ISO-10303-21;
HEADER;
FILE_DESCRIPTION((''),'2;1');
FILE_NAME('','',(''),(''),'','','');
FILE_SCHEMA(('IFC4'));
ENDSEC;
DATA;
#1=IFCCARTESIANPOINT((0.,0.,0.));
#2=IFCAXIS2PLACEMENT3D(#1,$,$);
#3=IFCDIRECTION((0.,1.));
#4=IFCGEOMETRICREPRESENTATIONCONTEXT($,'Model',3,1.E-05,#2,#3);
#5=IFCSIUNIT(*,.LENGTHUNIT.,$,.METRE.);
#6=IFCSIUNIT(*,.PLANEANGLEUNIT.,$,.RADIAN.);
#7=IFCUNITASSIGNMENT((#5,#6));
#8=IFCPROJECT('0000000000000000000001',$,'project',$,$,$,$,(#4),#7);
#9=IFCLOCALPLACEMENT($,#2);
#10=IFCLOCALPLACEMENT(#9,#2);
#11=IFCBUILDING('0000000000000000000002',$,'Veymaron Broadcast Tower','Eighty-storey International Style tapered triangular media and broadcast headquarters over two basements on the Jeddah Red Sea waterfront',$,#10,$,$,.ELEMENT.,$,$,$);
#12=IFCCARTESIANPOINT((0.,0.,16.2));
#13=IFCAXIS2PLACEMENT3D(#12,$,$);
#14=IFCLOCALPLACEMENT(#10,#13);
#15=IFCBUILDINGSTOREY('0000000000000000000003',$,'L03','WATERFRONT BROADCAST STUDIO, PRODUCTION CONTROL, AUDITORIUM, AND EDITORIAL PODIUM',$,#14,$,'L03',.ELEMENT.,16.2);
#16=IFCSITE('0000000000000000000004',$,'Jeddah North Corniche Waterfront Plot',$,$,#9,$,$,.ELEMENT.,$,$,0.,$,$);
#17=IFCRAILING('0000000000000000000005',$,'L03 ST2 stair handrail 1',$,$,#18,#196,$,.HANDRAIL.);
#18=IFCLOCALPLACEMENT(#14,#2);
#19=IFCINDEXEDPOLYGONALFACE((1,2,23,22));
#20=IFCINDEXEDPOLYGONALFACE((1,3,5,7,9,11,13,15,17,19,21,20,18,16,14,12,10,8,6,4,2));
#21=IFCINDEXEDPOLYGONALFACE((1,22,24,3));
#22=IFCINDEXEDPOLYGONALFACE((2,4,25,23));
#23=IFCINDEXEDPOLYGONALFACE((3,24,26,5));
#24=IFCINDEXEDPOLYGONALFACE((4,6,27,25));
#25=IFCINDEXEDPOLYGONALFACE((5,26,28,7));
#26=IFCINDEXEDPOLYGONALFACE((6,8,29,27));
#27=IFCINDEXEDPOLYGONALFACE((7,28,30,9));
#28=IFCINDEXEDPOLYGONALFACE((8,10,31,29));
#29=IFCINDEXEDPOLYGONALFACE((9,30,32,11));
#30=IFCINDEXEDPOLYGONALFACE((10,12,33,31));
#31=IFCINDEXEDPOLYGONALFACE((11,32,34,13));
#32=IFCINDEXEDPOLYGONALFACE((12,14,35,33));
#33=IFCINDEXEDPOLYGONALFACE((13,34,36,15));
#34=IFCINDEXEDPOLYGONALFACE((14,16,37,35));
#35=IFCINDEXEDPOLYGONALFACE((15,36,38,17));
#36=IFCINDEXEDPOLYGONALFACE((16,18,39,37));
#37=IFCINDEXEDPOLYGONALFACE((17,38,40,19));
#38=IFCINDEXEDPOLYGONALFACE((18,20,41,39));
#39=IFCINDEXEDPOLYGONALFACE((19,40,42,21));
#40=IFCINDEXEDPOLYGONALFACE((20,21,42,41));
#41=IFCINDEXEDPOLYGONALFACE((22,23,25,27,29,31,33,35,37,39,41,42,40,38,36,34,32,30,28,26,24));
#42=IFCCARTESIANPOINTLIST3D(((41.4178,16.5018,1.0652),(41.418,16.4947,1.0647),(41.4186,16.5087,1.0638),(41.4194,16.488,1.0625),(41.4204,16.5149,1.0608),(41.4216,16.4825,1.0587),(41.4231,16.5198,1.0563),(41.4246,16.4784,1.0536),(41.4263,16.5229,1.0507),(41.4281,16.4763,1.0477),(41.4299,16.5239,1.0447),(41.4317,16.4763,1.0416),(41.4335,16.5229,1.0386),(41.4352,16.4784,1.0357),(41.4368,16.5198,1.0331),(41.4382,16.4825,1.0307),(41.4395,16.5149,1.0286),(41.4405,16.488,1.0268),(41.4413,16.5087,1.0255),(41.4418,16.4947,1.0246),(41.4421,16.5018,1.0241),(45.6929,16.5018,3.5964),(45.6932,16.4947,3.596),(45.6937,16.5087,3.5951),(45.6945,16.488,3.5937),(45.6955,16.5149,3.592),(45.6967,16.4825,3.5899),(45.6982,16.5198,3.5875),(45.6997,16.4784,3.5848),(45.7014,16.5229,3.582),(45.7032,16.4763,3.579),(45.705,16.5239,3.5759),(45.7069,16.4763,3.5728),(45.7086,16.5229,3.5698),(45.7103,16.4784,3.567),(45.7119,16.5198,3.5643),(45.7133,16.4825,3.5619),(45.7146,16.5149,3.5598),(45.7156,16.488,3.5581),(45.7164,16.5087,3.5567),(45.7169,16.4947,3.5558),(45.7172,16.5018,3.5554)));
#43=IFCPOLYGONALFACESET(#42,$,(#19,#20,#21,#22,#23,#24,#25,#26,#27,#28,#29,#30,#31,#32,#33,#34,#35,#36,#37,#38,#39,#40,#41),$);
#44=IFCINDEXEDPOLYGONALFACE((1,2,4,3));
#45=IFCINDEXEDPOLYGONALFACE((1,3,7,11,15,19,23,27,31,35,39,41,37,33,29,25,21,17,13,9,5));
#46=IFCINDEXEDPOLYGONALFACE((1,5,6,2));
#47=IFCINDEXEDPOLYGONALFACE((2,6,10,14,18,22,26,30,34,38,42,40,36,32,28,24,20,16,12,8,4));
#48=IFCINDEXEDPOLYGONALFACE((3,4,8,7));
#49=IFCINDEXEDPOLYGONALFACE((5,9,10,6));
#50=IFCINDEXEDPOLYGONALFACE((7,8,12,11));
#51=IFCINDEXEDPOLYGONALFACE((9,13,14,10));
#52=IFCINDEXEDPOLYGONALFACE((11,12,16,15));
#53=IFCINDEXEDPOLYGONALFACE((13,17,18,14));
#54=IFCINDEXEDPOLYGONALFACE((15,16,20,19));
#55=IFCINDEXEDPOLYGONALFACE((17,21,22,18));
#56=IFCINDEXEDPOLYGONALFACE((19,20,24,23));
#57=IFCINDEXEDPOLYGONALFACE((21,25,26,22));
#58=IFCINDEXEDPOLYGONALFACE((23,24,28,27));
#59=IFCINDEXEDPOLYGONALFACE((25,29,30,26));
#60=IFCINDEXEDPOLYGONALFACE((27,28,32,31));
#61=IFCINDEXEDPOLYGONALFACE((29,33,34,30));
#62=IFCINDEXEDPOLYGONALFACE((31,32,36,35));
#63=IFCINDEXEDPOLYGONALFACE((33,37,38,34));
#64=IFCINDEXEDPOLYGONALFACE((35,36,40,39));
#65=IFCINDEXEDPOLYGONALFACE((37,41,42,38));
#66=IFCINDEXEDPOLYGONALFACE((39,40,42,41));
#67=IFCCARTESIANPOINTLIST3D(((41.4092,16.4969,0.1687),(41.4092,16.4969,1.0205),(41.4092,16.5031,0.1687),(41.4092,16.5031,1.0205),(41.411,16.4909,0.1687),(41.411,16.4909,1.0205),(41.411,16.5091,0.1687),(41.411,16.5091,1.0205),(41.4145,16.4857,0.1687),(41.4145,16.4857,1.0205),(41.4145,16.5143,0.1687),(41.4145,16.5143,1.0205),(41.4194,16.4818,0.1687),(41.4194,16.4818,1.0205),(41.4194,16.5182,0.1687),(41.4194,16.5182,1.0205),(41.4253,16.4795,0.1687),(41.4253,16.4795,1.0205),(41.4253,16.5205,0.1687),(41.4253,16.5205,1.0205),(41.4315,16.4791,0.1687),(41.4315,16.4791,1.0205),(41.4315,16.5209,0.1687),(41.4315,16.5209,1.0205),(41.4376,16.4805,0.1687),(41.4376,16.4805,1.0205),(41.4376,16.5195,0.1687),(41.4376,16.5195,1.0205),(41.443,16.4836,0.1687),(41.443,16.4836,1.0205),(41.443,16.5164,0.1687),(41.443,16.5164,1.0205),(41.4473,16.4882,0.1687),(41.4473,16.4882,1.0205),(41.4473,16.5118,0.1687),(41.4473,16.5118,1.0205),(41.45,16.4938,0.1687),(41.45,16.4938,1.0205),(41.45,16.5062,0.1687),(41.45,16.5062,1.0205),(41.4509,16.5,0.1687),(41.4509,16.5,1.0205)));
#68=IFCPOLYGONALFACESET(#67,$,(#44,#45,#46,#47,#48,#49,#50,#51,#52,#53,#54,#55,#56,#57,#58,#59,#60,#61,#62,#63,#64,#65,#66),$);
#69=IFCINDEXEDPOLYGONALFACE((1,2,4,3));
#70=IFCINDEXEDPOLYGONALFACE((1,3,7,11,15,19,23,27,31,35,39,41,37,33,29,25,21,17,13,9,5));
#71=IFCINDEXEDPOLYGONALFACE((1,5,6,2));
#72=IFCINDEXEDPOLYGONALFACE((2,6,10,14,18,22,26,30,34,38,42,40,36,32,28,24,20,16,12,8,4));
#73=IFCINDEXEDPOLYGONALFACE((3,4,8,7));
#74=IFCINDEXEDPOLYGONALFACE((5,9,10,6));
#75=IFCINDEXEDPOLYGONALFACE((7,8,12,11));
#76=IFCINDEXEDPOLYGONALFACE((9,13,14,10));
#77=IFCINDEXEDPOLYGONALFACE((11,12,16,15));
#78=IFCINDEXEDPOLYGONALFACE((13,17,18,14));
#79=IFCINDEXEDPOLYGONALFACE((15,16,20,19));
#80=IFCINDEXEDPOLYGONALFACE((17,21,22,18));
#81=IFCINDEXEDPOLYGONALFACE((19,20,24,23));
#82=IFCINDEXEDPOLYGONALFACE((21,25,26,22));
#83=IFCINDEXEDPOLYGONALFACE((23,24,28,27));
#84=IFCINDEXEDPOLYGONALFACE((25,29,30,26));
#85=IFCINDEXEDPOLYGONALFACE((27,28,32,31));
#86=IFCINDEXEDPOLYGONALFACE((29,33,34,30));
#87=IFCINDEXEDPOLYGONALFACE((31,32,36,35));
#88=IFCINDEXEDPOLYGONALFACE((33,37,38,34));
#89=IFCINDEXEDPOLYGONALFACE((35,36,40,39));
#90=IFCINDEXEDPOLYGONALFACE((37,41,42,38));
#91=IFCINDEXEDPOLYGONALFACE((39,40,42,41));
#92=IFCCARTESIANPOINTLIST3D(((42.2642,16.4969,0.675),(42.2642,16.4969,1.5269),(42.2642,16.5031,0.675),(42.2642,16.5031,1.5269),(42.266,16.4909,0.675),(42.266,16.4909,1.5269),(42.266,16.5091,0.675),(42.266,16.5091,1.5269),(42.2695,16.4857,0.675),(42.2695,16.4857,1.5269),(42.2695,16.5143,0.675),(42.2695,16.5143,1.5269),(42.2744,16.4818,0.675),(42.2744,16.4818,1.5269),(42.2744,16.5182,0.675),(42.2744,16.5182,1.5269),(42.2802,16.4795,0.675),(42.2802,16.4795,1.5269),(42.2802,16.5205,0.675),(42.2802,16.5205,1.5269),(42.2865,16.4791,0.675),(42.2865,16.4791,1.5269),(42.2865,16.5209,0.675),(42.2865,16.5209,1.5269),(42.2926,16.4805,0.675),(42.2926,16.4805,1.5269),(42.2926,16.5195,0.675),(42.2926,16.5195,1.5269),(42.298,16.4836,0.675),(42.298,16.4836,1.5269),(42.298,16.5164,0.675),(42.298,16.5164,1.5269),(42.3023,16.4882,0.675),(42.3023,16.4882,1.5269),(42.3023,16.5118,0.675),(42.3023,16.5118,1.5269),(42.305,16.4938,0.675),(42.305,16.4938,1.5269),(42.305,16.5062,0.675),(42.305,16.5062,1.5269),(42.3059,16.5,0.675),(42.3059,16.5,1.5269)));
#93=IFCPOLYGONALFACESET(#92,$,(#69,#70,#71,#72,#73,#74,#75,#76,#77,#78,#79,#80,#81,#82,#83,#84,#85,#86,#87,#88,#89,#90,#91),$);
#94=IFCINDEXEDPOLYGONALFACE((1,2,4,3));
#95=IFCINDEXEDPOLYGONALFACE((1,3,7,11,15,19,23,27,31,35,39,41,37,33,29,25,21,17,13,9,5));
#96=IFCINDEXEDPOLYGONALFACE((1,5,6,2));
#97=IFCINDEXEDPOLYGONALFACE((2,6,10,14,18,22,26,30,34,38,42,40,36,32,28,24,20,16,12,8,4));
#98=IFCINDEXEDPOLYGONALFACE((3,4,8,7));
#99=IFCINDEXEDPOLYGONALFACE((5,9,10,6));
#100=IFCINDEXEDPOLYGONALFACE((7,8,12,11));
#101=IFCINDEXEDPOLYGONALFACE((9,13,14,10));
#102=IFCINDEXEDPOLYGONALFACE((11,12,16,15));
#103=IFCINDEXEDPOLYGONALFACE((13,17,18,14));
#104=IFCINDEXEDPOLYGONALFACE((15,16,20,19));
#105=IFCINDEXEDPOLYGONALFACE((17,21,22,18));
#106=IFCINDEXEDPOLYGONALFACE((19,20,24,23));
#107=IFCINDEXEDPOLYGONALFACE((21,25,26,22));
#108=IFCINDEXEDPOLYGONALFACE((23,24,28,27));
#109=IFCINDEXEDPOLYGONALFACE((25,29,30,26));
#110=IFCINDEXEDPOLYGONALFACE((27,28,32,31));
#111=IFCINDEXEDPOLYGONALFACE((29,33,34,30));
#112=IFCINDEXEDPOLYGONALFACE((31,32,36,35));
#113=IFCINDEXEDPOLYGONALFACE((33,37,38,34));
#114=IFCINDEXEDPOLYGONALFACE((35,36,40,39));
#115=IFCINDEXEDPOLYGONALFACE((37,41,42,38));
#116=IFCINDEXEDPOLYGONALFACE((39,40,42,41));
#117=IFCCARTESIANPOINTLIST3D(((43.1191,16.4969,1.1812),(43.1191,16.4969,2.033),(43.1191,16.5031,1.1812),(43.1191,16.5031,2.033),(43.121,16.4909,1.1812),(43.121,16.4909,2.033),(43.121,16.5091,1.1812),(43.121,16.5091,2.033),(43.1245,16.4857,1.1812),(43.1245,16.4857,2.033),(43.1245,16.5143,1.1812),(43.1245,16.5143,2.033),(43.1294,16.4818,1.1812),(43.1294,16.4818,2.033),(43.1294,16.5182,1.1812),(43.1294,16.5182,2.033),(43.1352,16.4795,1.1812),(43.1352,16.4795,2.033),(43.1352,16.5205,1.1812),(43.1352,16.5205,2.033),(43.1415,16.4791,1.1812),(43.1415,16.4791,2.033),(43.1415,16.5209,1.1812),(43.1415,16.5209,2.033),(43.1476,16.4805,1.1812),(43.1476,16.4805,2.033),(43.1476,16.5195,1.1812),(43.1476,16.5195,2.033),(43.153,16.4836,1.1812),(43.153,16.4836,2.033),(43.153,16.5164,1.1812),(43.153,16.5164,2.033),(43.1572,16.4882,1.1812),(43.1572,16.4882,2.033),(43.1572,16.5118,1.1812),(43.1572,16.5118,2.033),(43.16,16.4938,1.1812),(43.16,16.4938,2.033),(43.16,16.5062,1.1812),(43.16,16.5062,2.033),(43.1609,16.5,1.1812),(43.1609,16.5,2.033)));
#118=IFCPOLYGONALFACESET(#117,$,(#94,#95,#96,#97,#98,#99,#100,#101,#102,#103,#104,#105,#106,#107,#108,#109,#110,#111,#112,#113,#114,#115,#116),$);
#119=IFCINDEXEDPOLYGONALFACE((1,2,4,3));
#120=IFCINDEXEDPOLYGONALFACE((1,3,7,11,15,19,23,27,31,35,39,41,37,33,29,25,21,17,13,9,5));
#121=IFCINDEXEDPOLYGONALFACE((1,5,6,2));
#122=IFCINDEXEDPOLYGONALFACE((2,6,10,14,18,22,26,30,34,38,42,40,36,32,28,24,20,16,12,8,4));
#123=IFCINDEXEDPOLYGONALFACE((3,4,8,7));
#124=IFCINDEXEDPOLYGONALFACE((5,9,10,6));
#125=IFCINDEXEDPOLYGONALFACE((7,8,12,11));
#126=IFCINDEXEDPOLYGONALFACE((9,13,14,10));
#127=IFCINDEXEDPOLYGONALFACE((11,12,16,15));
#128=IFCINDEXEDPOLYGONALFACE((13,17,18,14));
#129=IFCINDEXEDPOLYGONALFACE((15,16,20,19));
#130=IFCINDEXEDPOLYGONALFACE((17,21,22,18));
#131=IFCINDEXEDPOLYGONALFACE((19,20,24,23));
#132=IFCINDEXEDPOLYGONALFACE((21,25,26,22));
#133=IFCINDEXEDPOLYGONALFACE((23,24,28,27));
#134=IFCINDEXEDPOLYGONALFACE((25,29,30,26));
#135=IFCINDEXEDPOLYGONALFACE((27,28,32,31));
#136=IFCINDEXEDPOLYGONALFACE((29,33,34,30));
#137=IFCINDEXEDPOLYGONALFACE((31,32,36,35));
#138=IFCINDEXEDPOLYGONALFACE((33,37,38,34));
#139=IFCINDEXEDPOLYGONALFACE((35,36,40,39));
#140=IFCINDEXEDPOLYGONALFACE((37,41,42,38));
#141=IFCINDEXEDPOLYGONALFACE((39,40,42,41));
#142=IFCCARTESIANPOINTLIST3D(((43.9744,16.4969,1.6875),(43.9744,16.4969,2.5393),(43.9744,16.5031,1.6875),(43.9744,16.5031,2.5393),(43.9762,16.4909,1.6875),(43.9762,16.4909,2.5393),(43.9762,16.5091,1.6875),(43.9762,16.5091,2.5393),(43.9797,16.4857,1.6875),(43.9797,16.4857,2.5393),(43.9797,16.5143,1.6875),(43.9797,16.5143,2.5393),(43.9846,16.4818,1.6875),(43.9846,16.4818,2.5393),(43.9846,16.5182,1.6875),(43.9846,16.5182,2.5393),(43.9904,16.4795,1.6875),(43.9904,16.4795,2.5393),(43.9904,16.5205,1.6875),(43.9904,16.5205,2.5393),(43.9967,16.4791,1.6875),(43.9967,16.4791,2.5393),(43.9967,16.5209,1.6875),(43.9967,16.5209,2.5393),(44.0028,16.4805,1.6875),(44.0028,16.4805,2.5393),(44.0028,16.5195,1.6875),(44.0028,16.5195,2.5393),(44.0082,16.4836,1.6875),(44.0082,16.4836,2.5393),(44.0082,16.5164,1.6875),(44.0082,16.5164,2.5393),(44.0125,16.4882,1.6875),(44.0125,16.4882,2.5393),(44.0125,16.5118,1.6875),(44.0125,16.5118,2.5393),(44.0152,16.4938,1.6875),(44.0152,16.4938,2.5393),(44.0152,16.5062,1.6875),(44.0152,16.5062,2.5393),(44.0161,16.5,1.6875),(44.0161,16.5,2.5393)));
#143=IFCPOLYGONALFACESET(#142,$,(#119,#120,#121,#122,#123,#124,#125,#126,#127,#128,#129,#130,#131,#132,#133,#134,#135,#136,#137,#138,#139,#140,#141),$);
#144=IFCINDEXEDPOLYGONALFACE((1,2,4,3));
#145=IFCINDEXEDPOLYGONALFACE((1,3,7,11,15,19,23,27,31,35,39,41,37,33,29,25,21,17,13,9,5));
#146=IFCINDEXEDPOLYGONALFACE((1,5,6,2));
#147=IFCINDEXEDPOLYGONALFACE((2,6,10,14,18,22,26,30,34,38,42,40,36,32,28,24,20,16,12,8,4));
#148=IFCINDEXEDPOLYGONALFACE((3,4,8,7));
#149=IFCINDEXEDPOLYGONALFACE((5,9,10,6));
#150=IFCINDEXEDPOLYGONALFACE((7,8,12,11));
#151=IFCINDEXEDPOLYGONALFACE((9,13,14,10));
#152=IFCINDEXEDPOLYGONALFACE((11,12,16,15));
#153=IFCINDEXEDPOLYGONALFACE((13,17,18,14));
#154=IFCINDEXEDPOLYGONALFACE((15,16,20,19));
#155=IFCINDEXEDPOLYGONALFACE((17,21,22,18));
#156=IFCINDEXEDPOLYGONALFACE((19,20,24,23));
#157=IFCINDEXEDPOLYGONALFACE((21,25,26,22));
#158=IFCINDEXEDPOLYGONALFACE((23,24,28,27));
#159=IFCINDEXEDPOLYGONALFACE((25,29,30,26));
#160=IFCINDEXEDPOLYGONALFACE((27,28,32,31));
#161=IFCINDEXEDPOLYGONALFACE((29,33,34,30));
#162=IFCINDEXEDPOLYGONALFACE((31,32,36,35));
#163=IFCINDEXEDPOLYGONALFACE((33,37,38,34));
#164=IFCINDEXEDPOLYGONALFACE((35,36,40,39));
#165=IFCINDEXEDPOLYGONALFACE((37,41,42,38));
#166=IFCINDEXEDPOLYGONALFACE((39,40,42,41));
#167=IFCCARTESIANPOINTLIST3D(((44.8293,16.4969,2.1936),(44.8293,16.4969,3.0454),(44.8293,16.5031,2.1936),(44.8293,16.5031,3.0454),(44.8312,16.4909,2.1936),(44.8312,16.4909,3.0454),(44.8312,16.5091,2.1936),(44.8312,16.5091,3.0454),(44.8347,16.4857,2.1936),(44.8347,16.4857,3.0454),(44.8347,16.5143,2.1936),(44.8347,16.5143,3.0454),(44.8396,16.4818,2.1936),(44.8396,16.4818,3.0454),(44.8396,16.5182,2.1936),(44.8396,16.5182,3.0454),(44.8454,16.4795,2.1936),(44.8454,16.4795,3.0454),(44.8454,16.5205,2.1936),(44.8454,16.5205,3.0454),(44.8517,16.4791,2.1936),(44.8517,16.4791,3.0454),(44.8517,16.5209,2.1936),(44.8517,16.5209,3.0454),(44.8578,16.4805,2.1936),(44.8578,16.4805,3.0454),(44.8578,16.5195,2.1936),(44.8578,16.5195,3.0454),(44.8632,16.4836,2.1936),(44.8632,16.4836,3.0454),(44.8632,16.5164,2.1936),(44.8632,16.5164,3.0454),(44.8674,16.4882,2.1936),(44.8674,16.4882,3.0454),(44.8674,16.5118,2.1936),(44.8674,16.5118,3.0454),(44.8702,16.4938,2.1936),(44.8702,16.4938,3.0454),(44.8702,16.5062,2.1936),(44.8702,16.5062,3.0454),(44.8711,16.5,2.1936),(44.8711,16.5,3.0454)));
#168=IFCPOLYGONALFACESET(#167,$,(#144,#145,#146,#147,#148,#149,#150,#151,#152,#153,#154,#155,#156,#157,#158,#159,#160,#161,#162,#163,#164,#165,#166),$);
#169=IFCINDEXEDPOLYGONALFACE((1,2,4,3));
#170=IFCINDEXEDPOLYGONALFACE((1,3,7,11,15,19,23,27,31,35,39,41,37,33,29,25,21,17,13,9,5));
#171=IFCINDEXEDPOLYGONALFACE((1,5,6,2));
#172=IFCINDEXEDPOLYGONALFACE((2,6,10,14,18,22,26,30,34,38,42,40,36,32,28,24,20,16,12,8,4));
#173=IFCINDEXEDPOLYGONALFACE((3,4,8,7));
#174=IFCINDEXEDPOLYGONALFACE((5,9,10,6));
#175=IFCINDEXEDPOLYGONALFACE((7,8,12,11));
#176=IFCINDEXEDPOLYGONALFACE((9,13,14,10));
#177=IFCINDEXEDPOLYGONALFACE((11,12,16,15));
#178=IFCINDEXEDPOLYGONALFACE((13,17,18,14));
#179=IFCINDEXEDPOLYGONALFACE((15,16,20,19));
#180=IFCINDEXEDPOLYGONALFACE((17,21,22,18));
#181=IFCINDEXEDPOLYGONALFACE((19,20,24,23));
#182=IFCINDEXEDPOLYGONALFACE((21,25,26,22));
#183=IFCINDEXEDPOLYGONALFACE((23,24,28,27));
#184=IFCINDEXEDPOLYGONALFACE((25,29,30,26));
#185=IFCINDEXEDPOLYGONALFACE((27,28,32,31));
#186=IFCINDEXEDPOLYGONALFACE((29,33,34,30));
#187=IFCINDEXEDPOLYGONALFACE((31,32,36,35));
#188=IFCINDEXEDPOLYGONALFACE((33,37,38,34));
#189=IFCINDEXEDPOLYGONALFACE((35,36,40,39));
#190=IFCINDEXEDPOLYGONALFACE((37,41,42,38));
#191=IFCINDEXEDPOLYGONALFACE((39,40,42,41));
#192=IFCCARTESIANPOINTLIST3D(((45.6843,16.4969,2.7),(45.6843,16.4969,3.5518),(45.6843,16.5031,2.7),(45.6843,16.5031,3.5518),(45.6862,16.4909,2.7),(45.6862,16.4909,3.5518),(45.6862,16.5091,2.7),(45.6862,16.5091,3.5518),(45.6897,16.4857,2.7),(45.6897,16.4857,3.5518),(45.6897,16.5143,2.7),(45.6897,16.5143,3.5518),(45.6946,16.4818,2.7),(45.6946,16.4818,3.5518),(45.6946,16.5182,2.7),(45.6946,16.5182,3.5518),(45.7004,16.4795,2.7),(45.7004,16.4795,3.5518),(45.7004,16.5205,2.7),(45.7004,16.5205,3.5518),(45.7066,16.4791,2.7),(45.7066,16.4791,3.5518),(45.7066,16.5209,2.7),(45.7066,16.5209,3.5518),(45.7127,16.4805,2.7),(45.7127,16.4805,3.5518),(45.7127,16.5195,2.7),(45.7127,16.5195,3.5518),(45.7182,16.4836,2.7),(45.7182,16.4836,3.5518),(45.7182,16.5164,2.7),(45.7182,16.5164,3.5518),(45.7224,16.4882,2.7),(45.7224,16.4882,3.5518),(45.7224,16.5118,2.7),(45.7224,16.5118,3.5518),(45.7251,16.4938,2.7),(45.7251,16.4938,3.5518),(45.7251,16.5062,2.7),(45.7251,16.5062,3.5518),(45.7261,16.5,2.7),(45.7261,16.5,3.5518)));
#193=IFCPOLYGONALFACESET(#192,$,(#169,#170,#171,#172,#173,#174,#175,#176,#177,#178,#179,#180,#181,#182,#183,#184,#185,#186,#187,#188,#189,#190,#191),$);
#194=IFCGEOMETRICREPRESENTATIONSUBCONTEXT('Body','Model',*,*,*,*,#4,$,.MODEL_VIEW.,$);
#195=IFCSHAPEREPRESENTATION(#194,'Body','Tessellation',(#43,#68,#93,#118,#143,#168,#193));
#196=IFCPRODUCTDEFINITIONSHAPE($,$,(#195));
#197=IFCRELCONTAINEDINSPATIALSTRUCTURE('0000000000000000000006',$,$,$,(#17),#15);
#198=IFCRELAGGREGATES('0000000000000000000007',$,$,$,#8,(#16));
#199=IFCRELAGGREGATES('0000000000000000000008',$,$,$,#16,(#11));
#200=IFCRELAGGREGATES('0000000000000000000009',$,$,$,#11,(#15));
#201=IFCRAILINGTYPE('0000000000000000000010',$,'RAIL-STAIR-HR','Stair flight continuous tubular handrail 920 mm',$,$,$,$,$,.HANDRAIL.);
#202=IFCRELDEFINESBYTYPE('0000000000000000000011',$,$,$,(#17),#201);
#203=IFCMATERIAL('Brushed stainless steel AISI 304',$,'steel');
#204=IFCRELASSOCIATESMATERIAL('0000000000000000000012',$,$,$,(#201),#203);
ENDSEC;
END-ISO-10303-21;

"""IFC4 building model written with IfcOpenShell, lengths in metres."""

from ifc_helpers import new_model, si_unit, direction, frame, origin, origin_2d, place, context, subcontext, project, spatial, circle, extrude, material, type_object, element, save


model = new_model("IFC4")

# Units and contexts
model_context = context("Model", 3, precision=1e-05, world=origin(), true_north=direction((0.0, 1.0)))
body_context = subcontext(model_context, "Body", "Model", "MODEL_VIEW")
ifc_project = project(units=[si_unit("LENGTHUNIT", "METRE"), si_unit("PLANEANGLEUNIT", "RADIAN")], contexts=[model_context])

# Site, building, storey
site_placement = place(None, origin())
site = spatial("IfcSite", under=ifc_project, at=site_placement, Name="Jeddah North Corniche Waterfront Plot", CompositionType="ELEMENT", RefElevation=0.0)
building_placement = place(site_placement, origin())
building = spatial("IfcBuilding", under=site, at=building_placement, Name="Veymaron Broadcast Tower", Description="Eighty-storey International Style tapered triangular media and broadcast headquarters over two basements on the Jeddah Red Sea waterfront", CompositionType="ELEMENT")
storey_placement = place(building_placement, frame((0.0, 0.0, 16.2)))
storey = spatial("IfcBuildingStorey", under=building, at=storey_placement, Name="L03", Description="WATERFRONT BROADCAST STUDIO, PRODUCTION CONTROL, AUDITORIUM, AND EDITORIAL PODIUM", LongName="L03", CompositionType="ELEMENT", Elevation=16.2)

# Shared definitions
ifc_material_1 = material(Name="Brushed stainless steel AISI 304", Category="steel")

# Railing
railing_type_1 = type_object("IfcRailingType", Name="RAIL-STAIR-HR", Description="Stair flight continuous tubular handrail 920 mm", PredefinedType="HANDRAIL", material=ifc_material_1)
railing_1_placement = place(storey_placement, frame((41.4299, 16.5, 0.1687)))
element("IfcRailing", 1, at=railing_1_placement, inside=storey, type_object=railing_type_1, Name="L03 ST2 stair handrail 1", PredefinedType="HANDRAIL", context=body_context, shape_type="SweptSolid", body=[
    extrude(circle(Radius=0.0239, at=origin_2d()), frame((0.0, 0.0, 0.876), z_axis=(0.860483, 0.0, 0.509479), x_axis=(0.0, 1.0, 0.0)), (0.0, 0.0, 1.0), 4.9683),
    extrude(circle(Radius=0.021, at=origin_2d()), origin(), (0.0, 0.0, 1.0), 0.8518),
    extrude(circle(Radius=0.021, at=origin_2d()), frame((0.855, 0.0, 0.5063)), (0.0, 0.0, 1.0), 0.8518),
    extrude(circle(Radius=0.021, at=origin_2d()), frame((1.71, 0.0, 1.0125)), (0.0, 0.0, 1.0), 0.8518),
    extrude(circle(Radius=0.021, at=origin_2d()), frame((2.5652, 0.0, 1.5188)), (0.0, 0.0, 1.0), 0.8518),
    extrude(circle(Radius=0.021, at=origin_2d()), frame((3.4202, 0.0, 2.0249)), (0.0, 0.0, 1.0), 0.8518),
    extrude(circle(Radius=0.021, at=origin_2d()), frame((4.2751, 0.0, 2.5312)), (0.0, 0.0, 1.0), 0.8518),
])

save(model, "model.ifc")
